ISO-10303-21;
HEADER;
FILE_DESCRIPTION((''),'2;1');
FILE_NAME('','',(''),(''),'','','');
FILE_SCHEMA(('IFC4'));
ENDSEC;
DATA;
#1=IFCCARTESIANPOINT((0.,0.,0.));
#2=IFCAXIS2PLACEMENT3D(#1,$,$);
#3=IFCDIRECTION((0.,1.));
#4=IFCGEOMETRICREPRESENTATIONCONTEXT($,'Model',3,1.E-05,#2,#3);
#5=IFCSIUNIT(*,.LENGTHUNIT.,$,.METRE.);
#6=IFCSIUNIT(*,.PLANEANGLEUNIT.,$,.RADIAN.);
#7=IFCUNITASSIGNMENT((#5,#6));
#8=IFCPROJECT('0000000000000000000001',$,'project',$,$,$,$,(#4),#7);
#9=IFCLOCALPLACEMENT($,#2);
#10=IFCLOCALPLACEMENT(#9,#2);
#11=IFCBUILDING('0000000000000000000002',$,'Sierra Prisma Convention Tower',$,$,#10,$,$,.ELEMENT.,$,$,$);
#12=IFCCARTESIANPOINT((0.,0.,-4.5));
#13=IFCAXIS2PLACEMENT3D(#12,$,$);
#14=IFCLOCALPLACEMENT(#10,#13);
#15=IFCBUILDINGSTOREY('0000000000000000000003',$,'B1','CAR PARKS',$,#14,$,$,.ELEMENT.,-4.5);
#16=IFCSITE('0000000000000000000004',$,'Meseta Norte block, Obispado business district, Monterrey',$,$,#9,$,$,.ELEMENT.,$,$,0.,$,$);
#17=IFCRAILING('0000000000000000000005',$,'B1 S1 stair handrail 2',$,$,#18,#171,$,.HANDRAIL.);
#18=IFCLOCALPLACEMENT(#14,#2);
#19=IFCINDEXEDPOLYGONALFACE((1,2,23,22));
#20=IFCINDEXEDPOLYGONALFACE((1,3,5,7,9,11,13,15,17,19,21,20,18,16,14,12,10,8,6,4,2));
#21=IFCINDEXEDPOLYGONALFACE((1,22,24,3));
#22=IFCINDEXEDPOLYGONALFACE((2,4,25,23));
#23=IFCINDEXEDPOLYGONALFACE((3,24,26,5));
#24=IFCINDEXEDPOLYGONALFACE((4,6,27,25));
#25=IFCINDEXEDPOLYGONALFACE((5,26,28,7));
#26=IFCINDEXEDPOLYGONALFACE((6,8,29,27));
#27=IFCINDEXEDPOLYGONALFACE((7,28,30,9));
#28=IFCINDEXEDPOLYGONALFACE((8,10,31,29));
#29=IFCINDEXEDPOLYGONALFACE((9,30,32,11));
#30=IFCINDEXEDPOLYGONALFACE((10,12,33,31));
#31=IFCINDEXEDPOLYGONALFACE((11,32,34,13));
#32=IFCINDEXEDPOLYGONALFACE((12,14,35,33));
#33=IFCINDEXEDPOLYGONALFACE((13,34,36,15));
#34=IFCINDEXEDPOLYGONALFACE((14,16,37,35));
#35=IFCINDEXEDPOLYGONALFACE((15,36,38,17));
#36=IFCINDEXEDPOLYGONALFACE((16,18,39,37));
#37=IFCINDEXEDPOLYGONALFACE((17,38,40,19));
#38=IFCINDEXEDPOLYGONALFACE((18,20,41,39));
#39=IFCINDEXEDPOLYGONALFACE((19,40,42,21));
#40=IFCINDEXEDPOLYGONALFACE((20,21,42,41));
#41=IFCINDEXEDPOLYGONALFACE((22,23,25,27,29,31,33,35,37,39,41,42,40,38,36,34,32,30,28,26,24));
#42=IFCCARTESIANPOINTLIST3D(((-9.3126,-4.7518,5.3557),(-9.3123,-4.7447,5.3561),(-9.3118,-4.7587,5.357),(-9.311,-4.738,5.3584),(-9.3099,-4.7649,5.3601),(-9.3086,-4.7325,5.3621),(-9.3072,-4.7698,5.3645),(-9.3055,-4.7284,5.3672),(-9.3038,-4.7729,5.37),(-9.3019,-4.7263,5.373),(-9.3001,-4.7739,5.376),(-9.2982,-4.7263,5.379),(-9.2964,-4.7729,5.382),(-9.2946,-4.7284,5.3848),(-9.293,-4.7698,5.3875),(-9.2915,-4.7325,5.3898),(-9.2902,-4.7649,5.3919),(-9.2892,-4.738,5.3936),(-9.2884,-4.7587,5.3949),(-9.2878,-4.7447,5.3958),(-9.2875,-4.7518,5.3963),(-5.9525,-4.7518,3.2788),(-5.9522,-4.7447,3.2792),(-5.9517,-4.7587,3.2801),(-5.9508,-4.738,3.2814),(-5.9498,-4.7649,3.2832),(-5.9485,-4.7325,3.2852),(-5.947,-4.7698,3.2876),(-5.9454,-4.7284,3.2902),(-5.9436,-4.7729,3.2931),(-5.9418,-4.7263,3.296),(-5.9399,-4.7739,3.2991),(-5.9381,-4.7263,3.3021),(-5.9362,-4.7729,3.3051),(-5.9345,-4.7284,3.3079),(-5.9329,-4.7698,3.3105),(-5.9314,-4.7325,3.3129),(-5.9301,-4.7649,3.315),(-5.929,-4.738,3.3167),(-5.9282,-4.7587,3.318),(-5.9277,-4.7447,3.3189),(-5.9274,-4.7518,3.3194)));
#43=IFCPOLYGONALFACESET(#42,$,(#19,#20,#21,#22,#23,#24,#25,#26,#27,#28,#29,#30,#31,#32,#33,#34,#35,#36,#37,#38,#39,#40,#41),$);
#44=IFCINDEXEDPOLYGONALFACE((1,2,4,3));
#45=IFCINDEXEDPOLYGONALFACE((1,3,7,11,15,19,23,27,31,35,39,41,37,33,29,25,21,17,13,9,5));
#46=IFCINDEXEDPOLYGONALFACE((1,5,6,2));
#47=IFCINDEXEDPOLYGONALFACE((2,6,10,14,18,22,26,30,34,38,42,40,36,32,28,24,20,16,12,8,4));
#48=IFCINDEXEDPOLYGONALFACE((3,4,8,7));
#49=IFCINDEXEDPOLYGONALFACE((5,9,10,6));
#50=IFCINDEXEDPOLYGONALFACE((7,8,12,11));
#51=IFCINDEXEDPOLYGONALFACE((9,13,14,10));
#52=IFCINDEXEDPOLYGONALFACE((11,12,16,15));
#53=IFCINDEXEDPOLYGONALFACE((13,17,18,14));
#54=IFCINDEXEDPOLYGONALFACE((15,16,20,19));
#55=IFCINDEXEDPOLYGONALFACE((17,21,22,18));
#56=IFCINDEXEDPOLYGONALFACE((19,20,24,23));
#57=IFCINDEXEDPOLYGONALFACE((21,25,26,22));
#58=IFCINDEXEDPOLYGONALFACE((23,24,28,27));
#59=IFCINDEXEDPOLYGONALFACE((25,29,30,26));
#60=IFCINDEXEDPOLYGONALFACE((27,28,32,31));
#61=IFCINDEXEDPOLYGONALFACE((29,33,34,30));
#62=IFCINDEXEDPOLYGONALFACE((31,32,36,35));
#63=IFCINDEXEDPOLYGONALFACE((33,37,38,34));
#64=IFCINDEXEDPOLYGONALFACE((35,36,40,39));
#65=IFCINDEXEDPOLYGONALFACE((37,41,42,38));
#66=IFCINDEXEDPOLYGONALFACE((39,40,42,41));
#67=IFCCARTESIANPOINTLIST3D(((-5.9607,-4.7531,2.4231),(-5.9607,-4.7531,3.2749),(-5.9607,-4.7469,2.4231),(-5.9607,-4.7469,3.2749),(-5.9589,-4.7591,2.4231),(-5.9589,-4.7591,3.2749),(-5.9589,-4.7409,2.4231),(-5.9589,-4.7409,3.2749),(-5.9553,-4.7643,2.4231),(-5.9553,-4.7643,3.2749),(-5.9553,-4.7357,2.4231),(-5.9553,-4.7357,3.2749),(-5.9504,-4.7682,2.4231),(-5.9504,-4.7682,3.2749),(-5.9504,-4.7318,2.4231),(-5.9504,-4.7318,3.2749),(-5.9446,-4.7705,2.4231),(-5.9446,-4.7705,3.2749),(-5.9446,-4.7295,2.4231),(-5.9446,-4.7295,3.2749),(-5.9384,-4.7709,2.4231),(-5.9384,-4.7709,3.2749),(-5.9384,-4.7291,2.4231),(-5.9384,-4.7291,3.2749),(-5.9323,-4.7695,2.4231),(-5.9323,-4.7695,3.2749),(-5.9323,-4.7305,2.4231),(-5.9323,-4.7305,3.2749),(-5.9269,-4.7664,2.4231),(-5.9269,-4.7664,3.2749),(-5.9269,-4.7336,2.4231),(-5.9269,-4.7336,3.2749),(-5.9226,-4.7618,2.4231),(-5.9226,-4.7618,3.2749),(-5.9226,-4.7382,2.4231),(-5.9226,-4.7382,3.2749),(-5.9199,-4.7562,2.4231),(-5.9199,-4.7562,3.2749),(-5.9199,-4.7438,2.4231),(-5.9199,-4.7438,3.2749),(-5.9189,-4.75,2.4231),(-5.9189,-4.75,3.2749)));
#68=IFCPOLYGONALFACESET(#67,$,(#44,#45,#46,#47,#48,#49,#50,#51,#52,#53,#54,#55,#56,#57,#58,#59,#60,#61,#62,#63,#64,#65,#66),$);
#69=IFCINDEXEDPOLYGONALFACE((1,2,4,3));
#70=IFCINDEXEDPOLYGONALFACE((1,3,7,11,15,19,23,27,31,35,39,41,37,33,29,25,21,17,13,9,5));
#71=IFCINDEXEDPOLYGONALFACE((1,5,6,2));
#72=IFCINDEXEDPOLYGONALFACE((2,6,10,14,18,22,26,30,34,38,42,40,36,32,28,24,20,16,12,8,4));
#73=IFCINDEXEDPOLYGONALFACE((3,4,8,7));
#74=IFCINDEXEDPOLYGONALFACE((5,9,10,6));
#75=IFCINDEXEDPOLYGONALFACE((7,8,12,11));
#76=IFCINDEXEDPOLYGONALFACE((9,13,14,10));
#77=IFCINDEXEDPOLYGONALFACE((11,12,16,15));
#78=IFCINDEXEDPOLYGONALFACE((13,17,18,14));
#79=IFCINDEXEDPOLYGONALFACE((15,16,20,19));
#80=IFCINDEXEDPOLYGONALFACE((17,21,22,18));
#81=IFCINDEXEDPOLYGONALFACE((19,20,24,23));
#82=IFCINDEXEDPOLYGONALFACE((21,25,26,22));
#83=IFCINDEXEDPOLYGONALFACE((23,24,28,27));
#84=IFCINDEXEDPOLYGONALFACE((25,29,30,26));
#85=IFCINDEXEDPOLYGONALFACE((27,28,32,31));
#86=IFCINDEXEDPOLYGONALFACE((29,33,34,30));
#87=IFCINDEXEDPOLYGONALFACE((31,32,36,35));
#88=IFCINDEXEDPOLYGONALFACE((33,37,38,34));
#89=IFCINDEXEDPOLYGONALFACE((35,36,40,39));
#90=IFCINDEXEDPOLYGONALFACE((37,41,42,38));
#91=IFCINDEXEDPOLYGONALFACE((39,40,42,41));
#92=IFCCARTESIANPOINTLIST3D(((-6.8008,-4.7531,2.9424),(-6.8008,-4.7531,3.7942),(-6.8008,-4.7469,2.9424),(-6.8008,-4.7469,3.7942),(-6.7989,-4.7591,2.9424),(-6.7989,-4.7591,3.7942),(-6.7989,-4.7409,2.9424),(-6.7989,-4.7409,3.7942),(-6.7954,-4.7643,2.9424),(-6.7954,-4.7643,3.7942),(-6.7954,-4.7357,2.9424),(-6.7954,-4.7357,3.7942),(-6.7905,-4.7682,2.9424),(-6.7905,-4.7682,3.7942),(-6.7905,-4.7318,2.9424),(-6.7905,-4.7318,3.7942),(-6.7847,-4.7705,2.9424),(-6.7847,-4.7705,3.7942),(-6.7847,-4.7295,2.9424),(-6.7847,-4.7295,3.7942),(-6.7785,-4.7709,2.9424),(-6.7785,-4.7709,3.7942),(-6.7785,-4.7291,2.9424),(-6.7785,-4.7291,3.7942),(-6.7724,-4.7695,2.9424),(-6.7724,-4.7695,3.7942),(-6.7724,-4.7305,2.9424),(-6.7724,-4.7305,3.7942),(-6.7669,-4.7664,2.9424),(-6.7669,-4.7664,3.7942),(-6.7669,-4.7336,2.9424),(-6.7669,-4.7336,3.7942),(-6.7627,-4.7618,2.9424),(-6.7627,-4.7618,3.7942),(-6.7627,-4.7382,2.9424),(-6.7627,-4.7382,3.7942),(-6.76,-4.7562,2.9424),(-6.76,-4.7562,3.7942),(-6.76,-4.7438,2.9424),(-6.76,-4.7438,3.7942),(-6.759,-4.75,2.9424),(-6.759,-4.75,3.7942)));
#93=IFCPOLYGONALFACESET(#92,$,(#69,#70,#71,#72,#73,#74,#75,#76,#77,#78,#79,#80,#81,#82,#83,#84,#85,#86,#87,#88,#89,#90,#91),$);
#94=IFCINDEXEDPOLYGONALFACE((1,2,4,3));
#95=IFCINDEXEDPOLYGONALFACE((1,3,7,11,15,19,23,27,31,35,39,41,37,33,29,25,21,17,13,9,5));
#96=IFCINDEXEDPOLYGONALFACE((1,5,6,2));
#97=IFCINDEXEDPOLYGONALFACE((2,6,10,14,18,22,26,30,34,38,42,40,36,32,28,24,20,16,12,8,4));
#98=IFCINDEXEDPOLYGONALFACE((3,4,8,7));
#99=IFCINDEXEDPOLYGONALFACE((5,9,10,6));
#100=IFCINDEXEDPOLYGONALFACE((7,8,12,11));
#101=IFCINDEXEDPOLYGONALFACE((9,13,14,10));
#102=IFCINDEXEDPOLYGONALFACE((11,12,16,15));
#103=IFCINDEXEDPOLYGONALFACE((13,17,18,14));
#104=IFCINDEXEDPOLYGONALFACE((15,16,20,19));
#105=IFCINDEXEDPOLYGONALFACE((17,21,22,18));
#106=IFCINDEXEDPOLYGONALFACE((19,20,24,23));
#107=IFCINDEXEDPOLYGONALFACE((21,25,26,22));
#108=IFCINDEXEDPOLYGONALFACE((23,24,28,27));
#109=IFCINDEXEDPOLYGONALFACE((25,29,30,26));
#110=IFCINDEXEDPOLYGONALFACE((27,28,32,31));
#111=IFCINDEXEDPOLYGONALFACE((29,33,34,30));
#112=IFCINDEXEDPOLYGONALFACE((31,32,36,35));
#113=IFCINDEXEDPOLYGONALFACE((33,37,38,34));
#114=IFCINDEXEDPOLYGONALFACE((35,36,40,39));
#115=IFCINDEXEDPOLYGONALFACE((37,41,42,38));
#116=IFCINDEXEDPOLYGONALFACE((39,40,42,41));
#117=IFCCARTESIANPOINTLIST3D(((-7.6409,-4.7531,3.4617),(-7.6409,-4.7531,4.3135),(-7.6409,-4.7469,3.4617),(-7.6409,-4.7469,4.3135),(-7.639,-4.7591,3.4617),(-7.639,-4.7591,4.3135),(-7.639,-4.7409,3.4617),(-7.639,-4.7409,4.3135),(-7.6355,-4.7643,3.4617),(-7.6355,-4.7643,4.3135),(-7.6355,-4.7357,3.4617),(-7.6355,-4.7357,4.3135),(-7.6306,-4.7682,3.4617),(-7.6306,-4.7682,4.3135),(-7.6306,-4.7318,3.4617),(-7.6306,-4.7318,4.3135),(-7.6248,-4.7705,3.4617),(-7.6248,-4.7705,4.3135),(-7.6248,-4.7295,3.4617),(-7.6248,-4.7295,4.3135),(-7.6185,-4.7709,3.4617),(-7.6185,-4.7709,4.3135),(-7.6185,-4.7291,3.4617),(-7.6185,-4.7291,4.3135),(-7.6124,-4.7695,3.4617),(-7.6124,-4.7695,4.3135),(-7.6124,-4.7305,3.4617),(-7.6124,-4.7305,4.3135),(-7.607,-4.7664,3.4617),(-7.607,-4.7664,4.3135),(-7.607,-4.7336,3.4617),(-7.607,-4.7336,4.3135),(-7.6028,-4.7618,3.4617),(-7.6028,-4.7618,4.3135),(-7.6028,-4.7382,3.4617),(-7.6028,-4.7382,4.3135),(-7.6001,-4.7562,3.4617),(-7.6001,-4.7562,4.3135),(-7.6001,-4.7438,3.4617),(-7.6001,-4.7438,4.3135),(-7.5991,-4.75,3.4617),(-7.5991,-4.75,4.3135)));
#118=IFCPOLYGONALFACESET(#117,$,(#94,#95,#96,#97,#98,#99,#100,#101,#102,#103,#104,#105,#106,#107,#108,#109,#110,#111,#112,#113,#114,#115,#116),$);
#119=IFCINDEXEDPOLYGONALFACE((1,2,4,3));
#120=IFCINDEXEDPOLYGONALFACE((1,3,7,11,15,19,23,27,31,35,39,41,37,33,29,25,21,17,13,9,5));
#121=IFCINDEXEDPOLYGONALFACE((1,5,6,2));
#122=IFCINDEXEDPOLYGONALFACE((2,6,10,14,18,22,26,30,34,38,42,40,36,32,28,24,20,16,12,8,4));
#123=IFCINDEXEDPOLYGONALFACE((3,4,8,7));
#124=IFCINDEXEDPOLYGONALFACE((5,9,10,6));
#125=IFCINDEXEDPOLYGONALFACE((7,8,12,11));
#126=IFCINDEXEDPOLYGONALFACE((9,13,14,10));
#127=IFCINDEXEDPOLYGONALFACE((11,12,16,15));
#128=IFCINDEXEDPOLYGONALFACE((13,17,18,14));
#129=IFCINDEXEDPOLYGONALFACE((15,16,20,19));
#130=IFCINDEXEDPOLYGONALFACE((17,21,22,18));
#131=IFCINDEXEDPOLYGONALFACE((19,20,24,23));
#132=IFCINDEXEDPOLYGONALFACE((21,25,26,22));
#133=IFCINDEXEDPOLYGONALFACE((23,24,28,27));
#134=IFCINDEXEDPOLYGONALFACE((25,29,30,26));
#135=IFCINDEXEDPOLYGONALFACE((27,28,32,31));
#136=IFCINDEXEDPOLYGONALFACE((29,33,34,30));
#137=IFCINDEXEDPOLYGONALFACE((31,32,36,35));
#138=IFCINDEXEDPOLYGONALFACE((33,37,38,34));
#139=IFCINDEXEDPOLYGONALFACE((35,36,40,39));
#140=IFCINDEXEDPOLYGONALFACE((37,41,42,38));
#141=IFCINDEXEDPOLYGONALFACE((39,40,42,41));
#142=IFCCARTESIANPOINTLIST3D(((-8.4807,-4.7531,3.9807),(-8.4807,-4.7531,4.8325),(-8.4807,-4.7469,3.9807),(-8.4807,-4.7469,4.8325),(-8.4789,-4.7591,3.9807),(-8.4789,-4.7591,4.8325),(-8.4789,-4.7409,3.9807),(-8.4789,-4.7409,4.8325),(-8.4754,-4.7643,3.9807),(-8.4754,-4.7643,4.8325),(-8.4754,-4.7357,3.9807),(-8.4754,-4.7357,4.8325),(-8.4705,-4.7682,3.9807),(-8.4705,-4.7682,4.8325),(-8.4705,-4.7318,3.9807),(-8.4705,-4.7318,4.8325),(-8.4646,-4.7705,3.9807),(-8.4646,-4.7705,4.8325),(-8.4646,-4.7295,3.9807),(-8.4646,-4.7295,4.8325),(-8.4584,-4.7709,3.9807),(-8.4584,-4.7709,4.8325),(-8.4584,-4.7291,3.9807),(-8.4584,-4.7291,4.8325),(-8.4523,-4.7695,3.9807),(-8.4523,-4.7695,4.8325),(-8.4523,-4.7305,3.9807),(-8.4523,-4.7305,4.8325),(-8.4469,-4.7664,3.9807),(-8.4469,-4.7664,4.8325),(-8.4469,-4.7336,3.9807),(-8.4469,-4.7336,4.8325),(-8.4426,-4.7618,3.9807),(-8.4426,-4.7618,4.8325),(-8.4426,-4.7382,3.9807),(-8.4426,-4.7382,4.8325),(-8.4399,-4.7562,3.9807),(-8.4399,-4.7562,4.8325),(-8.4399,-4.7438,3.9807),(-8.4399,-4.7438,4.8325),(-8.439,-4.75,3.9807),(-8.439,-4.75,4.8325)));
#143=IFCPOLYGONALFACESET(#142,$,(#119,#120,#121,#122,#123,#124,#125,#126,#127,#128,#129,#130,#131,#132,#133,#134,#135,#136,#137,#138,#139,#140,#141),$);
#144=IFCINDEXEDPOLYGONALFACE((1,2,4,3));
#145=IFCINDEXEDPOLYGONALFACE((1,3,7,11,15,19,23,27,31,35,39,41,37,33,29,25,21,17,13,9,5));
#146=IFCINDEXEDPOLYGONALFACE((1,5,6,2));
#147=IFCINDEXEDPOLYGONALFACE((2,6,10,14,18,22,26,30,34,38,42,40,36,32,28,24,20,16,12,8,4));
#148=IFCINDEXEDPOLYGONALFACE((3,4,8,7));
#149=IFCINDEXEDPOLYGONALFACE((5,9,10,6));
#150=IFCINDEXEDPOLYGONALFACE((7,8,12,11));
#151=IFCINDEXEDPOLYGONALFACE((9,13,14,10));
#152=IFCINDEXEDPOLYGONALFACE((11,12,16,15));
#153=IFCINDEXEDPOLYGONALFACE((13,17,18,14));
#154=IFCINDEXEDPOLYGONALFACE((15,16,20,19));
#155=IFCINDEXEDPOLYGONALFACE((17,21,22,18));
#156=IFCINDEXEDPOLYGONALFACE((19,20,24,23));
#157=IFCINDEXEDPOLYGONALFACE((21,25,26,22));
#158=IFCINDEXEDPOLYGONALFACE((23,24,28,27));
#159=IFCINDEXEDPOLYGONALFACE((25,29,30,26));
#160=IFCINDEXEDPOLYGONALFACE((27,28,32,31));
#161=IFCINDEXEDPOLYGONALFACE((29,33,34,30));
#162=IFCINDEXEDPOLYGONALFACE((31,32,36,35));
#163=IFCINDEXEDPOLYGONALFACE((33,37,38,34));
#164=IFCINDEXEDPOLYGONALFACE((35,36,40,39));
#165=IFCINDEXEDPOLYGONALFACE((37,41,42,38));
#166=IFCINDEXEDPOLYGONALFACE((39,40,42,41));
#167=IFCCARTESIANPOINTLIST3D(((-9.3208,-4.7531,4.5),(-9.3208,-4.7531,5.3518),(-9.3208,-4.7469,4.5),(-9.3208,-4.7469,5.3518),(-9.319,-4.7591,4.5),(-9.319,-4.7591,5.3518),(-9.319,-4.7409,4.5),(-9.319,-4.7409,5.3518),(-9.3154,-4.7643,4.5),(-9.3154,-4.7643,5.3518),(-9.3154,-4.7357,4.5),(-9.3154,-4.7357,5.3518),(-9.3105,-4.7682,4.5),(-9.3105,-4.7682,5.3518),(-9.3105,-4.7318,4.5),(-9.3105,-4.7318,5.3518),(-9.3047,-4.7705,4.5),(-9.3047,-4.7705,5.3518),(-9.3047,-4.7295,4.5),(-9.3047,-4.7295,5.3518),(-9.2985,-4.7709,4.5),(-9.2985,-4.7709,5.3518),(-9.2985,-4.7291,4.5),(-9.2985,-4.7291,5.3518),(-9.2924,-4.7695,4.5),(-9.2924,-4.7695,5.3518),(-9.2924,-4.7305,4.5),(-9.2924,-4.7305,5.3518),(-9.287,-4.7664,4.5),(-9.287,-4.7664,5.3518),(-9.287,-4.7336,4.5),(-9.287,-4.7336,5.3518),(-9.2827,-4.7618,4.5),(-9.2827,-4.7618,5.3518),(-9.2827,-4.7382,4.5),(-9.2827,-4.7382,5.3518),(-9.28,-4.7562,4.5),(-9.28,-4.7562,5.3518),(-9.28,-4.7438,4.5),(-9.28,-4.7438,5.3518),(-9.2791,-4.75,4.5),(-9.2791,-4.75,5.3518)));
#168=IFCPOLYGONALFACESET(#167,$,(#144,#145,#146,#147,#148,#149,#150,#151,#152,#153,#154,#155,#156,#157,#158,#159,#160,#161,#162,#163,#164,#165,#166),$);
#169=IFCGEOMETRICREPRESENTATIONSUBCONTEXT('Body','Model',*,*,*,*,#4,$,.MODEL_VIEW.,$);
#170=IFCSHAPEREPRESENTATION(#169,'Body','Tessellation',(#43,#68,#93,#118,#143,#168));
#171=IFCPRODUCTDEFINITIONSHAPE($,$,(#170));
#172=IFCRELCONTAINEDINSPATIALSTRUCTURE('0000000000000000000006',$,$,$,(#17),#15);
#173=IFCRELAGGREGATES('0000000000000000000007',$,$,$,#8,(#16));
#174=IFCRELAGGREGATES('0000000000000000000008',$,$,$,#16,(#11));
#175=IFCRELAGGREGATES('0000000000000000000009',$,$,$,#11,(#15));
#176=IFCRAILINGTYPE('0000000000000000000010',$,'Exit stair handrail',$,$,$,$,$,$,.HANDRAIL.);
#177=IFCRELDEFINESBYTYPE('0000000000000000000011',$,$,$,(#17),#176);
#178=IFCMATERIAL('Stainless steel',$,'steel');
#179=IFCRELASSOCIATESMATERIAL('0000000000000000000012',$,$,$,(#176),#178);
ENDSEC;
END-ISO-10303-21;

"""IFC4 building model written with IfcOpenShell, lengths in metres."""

from ifc_helpers import new_model, si_unit, direction, frame, origin, origin_2d, place, context, subcontext, project, spatial, circle, extrude, material, type_object, element, save


model = new_model("IFC4")

# Units and contexts
model_context = context("Model", 3, precision=1e-05, world=origin(), true_north=direction((0.0, 1.0)))
body_context = subcontext(model_context, "Body", "Model", "MODEL_VIEW")
ifc_project = project(units=[si_unit("LENGTHUNIT", "METRE"), si_unit("PLANEANGLEUNIT", "RADIAN")], contexts=[model_context])

# Site, building, storey
site_placement = place(None, origin())
site = spatial("IfcSite", under=ifc_project, at=site_placement, Name="Meseta Norte block, Obispado business district, Monterrey", CompositionType="ELEMENT", RefElevation=0.0)
building_placement = place(site_placement, origin())
building = spatial("IfcBuilding", under=site, at=building_placement, Name="Sierra Prisma Convention Tower", CompositionType="ELEMENT")
storey_placement = place(building_placement, frame((0.0, 0.0, -4.5)))
storey = spatial("IfcBuildingStorey", under=building, at=storey_placement, Name="B1", Description="CAR PARKS", CompositionType="ELEMENT", Elevation=-4.5)

# Railing
ifc_material_1 = material(Name="Stainless steel", Category="steel")
railing_type_1 = type_object("IfcRailingType", Name="Exit stair handrail", PredefinedType="HANDRAIL", material=ifc_material_1)
railing_1_placement = place(storey_placement, frame((-5.9399, -4.75, 2.4231)))
element("IfcRailing", 1, at=railing_1_placement, inside=storey, type_object=railing_type_1, Name="B1 S1 stair handrail 2", PredefinedType="HANDRAIL", context=body_context, shape_type="SweptSolid", body=[
    extrude(circle(Radius=0.0239, at=origin_2d()), frame((0.0, 0.0, 0.876), z_axis=(-0.850623, 0.0, 0.525776), x_axis=(0.0, -1.0, 0.0)), (0.0, 0.0, 1.0), 3.9502),
    extrude(circle(Radius=0.021, at=origin_2d()), origin(), (0.0, 0.0, 1.0), 0.8518),
    extrude(circle(Radius=0.021, at=origin_2d()), frame((-0.8401, 0.0, 0.5193)), (0.0, 0.0, 1.0), 0.8518),
    extrude(circle(Radius=0.021, at=origin_2d()), frame((-1.6802, 0.0, 1.0386)), (0.0, 0.0, 1.0), 0.8518),
    extrude(circle(Radius=0.021, at=origin_2d()), frame((-2.52, 0.0, 1.5576)), (0.0, 0.0, 1.0), 0.8518),
    extrude(circle(Radius=0.021, at=origin_2d()), frame((-3.3601, 0.0, 2.0769)), (0.0, 0.0, 1.0), 0.8518),
])

save(model, "model.ifc")
